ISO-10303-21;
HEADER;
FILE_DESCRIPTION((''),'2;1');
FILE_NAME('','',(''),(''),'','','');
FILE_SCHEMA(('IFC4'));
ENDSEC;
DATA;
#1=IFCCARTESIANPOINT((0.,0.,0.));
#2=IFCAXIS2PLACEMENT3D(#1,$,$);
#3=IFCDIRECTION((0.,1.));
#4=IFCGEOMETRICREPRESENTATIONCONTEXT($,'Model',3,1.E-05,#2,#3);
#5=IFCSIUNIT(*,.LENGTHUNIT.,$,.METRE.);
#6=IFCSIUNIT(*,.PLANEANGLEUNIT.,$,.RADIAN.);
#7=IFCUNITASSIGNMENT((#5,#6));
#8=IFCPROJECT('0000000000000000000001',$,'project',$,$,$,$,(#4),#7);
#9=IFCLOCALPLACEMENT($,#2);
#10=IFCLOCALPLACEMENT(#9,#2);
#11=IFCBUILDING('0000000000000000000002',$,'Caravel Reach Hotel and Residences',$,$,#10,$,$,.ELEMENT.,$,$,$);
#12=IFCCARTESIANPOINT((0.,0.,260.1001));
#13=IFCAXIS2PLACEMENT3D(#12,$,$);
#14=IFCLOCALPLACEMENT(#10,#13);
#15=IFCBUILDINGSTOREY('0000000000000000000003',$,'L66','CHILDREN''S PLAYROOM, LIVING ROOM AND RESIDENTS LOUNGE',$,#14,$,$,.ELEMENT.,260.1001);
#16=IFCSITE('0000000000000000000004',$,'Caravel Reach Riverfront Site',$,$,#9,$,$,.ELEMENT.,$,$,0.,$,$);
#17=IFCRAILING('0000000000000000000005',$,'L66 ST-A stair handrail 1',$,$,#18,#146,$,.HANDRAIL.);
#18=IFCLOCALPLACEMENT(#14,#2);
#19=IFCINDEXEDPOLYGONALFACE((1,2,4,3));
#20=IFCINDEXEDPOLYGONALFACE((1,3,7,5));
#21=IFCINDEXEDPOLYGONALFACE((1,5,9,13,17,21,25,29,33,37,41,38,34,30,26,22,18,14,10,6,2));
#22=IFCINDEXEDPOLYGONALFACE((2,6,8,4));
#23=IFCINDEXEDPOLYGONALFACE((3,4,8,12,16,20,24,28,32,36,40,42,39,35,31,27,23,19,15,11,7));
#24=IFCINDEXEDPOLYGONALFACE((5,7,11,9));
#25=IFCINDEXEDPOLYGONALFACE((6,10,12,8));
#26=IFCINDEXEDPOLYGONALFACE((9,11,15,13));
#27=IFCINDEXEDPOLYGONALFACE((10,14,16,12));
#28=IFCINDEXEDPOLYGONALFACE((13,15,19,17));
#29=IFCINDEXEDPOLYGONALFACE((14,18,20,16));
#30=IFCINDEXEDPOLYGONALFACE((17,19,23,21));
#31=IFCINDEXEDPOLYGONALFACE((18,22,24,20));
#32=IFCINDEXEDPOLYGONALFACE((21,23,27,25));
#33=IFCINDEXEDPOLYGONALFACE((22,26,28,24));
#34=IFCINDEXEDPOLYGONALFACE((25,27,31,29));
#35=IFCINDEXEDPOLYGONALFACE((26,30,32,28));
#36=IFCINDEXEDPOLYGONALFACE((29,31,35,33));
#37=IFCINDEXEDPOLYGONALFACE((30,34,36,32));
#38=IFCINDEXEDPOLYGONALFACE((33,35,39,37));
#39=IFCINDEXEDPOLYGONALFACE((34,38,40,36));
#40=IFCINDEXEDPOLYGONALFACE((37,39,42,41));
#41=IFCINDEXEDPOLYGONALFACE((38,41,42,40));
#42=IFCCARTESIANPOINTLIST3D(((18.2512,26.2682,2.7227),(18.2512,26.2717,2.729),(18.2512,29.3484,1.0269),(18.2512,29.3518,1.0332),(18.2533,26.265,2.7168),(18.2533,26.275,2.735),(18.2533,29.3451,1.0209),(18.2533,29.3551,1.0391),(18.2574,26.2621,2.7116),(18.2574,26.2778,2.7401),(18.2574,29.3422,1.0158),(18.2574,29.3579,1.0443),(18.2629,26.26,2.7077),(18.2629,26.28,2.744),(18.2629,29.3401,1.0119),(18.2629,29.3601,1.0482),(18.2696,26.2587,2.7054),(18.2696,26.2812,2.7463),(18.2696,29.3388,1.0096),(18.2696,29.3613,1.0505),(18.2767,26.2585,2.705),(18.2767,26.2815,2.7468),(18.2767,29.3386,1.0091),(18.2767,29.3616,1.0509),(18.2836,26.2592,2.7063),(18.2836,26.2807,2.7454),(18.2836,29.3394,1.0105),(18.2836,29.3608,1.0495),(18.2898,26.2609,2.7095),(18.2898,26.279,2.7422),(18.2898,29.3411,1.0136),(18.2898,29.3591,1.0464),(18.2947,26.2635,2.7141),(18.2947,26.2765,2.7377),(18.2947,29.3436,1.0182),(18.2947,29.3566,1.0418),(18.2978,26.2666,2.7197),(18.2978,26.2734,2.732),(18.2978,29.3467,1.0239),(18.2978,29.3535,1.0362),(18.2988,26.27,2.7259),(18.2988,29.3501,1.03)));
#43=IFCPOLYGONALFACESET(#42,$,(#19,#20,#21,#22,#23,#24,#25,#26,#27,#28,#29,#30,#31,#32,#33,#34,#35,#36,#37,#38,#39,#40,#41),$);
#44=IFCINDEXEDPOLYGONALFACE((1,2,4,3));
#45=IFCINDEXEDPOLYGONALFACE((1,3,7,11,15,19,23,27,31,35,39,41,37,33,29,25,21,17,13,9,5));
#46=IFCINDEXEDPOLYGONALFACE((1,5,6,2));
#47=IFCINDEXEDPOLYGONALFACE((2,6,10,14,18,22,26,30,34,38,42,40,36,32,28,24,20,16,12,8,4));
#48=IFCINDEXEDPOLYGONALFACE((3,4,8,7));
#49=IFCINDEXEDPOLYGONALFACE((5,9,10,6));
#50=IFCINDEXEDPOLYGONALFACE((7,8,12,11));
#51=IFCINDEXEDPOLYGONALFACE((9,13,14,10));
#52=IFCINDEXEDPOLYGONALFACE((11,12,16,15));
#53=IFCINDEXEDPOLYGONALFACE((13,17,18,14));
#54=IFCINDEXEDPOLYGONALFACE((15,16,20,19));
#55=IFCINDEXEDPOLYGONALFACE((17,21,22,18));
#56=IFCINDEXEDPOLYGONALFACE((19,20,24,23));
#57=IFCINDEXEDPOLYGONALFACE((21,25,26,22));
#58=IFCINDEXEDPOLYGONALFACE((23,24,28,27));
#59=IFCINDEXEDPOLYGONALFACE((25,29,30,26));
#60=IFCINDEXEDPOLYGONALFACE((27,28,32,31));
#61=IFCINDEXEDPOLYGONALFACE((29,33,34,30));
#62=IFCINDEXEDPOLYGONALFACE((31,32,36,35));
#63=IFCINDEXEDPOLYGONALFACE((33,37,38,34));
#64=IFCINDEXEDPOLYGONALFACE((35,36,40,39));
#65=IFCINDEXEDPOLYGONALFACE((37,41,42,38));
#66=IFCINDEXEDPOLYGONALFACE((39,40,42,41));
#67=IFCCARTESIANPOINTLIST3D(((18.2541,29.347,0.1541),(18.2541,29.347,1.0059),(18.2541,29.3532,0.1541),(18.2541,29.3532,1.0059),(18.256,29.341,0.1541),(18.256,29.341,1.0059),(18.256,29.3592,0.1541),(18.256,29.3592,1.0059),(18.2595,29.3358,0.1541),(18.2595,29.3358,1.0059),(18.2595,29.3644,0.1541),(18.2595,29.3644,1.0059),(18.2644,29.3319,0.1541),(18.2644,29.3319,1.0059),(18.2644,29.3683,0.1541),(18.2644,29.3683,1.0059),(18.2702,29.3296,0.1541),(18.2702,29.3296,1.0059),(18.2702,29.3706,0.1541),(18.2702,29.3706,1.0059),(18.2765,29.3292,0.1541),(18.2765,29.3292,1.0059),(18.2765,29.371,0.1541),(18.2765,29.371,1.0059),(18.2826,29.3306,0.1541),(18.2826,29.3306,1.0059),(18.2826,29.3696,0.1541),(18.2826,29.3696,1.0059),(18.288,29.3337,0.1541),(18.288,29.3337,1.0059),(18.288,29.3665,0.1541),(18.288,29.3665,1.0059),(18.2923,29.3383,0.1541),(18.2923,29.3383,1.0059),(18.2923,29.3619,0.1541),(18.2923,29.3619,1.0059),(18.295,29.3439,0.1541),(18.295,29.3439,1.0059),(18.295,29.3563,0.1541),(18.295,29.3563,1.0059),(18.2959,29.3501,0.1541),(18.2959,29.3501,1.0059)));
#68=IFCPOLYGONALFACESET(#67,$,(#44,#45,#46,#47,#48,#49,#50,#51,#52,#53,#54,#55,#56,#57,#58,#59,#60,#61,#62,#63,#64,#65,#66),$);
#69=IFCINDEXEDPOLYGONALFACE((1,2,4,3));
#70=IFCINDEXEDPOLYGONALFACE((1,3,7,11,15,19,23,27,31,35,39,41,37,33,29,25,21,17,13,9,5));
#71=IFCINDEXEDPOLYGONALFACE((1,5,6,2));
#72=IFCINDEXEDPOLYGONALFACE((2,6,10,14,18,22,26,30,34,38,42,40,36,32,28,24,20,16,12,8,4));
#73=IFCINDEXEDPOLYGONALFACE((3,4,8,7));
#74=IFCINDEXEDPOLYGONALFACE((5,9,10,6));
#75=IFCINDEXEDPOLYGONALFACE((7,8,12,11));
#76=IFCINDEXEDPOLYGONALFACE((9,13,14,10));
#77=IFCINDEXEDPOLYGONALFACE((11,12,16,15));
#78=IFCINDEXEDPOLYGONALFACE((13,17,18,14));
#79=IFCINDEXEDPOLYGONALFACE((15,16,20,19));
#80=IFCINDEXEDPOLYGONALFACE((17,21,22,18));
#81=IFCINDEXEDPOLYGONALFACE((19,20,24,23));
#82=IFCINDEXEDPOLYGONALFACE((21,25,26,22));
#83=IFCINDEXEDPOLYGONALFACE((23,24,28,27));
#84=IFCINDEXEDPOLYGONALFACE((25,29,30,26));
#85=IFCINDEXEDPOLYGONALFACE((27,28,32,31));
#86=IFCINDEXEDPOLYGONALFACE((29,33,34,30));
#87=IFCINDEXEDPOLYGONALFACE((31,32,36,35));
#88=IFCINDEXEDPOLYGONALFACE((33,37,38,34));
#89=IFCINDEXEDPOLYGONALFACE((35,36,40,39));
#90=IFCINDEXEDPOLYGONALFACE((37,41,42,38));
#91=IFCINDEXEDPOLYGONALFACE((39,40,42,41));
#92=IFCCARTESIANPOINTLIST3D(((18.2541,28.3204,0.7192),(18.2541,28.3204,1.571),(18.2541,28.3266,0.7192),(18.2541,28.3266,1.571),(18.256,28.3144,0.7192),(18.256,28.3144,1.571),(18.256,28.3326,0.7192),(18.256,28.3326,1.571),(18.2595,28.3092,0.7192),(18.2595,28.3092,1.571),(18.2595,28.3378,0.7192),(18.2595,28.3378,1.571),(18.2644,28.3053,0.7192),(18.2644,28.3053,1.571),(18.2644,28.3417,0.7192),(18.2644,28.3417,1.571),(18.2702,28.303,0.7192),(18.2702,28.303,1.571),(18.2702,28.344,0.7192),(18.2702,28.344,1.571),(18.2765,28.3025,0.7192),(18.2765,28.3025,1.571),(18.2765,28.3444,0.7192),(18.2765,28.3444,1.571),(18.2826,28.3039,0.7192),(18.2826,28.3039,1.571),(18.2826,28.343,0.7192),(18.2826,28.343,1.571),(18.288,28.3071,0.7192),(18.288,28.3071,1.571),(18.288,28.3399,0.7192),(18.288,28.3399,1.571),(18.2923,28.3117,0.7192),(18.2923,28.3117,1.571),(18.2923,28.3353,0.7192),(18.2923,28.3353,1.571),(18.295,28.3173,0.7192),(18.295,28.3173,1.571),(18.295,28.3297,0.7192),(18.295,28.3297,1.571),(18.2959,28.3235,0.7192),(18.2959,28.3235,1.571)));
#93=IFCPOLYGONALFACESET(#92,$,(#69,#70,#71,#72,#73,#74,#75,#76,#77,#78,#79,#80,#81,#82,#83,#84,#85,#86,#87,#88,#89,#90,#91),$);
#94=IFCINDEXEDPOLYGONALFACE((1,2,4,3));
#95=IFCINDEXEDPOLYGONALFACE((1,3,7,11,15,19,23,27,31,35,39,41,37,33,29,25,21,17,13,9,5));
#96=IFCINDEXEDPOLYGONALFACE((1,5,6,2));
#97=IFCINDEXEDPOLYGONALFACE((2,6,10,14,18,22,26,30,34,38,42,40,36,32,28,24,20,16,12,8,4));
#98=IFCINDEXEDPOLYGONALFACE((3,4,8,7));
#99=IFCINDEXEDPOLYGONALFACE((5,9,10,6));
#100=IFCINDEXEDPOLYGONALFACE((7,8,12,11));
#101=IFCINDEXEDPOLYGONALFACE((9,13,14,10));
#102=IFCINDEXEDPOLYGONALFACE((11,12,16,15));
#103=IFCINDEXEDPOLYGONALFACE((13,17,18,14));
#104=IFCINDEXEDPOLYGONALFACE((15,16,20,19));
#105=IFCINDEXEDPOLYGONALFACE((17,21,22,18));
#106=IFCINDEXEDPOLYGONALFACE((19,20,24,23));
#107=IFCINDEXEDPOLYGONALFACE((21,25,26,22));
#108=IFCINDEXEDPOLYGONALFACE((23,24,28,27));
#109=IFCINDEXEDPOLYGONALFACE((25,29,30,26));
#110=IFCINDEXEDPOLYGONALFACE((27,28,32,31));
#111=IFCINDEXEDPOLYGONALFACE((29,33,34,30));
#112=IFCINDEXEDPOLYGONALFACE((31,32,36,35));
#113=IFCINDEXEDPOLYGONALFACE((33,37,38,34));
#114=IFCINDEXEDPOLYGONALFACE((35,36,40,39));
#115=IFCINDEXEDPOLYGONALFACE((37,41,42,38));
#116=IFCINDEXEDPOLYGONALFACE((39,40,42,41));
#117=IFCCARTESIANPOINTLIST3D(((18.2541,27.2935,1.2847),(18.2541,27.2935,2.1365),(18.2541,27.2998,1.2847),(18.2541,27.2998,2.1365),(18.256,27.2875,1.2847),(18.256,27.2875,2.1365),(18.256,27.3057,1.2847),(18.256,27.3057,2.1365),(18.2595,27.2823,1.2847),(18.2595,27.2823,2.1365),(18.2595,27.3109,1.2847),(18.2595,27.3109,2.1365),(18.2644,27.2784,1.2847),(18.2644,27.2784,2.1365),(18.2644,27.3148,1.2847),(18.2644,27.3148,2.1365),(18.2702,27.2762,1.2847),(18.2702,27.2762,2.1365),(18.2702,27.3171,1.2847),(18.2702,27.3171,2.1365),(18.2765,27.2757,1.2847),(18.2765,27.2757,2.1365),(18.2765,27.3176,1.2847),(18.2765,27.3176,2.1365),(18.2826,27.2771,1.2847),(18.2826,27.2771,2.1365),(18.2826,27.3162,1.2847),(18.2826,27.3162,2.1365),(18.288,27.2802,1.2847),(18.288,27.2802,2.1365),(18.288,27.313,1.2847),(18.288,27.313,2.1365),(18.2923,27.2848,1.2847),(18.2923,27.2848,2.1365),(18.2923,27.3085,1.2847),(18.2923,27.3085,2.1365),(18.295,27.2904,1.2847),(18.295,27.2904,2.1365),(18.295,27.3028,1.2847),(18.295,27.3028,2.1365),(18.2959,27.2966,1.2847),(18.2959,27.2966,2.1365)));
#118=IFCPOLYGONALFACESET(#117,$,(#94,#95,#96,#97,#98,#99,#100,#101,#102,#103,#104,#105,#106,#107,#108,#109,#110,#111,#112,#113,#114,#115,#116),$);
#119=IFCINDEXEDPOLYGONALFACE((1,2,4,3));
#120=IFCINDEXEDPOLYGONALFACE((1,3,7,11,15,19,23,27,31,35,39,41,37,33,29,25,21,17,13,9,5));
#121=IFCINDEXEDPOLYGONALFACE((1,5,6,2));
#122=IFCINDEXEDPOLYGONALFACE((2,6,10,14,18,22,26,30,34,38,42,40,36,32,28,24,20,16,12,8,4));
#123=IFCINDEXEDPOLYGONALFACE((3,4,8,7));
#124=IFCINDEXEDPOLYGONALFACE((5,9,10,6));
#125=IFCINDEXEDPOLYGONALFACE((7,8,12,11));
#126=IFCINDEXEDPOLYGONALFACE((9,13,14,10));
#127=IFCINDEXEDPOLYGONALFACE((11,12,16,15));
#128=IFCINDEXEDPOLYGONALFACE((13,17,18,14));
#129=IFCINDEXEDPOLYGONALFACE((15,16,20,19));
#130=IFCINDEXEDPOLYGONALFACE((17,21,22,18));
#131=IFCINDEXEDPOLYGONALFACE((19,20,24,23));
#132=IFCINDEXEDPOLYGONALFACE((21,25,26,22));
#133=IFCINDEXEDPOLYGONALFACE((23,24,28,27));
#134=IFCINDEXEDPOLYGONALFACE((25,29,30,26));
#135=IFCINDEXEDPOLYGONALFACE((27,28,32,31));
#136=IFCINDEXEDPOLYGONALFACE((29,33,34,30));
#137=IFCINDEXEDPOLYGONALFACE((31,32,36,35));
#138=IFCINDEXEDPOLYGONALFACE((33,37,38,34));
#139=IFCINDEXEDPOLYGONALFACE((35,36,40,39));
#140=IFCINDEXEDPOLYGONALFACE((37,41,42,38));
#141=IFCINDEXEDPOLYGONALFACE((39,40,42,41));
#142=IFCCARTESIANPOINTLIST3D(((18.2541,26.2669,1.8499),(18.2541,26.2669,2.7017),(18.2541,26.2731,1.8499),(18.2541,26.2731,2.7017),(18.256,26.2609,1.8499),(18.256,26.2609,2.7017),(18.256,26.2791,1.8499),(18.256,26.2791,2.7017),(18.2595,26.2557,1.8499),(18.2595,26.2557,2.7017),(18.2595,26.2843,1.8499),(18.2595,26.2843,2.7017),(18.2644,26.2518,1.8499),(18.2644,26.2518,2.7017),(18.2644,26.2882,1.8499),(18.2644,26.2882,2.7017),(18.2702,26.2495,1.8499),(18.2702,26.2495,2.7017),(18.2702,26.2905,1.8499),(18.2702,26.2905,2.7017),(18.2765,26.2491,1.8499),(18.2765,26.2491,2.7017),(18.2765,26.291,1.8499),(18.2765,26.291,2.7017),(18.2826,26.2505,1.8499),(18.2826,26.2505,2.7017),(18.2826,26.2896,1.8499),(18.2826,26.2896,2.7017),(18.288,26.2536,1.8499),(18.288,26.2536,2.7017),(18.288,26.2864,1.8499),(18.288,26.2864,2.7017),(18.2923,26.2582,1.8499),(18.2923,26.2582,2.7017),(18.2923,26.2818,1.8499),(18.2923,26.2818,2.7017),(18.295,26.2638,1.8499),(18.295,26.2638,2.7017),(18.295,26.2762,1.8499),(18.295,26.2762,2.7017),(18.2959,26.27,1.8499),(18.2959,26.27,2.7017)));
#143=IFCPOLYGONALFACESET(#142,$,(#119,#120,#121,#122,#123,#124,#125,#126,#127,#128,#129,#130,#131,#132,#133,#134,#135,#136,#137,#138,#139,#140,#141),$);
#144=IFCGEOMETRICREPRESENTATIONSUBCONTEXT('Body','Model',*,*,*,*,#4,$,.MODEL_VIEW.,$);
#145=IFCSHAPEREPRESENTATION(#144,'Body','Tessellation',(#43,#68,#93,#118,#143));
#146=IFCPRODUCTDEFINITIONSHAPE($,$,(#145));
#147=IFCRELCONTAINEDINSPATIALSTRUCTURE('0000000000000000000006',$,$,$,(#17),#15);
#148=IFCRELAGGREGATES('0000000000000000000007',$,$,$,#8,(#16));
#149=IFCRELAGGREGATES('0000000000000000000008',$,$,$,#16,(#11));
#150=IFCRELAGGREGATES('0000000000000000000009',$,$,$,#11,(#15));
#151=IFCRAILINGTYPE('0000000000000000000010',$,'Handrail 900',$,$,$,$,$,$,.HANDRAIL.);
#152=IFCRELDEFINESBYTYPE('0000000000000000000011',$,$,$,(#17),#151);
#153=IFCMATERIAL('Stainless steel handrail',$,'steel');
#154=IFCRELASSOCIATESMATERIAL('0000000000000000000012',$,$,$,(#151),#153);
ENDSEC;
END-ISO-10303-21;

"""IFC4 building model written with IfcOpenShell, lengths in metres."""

from ifc_helpers import new_model, si_unit, direction, frame, origin, origin_2d, place, context, subcontext, project, spatial, circle, extrude, material, type_object, element, save


model = new_model("IFC4")

# Units and contexts
model_context = context("Model", 3, precision=1e-05, world=origin(), true_north=direction((0.0, 1.0)))
body_context = subcontext(model_context, "Body", "Model", "MODEL_VIEW")
ifc_project = project(units=[si_unit("LENGTHUNIT", "METRE"), si_unit("PLANEANGLEUNIT", "RADIAN")], contexts=[model_context])

# Site, building, storey
site_placement = place(None, origin())
site = spatial("IfcSite", under=ifc_project, at=site_placement, Name="Caravel Reach Riverfront Site", CompositionType="ELEMENT", RefElevation=0.0)
building_placement = place(site_placement, origin())
building = spatial("IfcBuilding", under=site, at=building_placement, Name="Caravel Reach Hotel and Residences", CompositionType="ELEMENT")
storey_placement = place(building_placement, frame((0.0, 0.0, 260.1001)))
storey = spatial("IfcBuildingStorey", under=building, at=storey_placement, Name="L66", Description="CHILDREN'S PLAYROOM, LIVING ROOM AND RESIDENTS LOUNGE", CompositionType="ELEMENT", Elevation=260.1001)

# Railing
ifc_material_1 = material(Name="Stainless steel handrail", Category="steel")
railing_type = type_object("IfcRailingType", Name="Handrail 900", PredefinedType="HANDRAIL", material=ifc_material_1)
railing_placement = place(storey_placement, frame((18.2749, 29.3501, 0.1541)))
element("IfcRailing", 1, at=railing_placement, inside=storey, type_object=railing_type, Name="L66 ST-A stair handrail 1", PredefinedType="HANDRAIL", context=body_context, shape_type="SweptSolid", body=[
    extrude(circle(Radius=0.0239, at=origin_2d()), frame((0.0, 0.0, 0.876), z_axis=(0.0, -0.876005, 0.482303), x_axis=(1.0, 0.0, 0.0)), (0.0, 0.0, 1.0), 3.5161),
    extrude(circle(Radius=0.021, at=origin_2d()), origin(), (0.0, 0.0, 1.0), 0.8518),
    extrude(circle(Radius=0.021, at=origin_2d()), frame((0.0, -1.0266, 0.5652)), (0.0, 0.0, 1.0), 0.8518),
    extrude(circle(Radius=0.021, at=origin_2d()), frame((0.0, -2.0535, 1.1306)), (0.0, 0.0, 1.0), 0.8518),
    extrude(circle(Radius=0.021, at=origin_2d()), frame((0.0, -3.0801, 1.6958)), (0.0, 0.0, 1.0), 0.8518),
])

save(model, "model.ifc")
